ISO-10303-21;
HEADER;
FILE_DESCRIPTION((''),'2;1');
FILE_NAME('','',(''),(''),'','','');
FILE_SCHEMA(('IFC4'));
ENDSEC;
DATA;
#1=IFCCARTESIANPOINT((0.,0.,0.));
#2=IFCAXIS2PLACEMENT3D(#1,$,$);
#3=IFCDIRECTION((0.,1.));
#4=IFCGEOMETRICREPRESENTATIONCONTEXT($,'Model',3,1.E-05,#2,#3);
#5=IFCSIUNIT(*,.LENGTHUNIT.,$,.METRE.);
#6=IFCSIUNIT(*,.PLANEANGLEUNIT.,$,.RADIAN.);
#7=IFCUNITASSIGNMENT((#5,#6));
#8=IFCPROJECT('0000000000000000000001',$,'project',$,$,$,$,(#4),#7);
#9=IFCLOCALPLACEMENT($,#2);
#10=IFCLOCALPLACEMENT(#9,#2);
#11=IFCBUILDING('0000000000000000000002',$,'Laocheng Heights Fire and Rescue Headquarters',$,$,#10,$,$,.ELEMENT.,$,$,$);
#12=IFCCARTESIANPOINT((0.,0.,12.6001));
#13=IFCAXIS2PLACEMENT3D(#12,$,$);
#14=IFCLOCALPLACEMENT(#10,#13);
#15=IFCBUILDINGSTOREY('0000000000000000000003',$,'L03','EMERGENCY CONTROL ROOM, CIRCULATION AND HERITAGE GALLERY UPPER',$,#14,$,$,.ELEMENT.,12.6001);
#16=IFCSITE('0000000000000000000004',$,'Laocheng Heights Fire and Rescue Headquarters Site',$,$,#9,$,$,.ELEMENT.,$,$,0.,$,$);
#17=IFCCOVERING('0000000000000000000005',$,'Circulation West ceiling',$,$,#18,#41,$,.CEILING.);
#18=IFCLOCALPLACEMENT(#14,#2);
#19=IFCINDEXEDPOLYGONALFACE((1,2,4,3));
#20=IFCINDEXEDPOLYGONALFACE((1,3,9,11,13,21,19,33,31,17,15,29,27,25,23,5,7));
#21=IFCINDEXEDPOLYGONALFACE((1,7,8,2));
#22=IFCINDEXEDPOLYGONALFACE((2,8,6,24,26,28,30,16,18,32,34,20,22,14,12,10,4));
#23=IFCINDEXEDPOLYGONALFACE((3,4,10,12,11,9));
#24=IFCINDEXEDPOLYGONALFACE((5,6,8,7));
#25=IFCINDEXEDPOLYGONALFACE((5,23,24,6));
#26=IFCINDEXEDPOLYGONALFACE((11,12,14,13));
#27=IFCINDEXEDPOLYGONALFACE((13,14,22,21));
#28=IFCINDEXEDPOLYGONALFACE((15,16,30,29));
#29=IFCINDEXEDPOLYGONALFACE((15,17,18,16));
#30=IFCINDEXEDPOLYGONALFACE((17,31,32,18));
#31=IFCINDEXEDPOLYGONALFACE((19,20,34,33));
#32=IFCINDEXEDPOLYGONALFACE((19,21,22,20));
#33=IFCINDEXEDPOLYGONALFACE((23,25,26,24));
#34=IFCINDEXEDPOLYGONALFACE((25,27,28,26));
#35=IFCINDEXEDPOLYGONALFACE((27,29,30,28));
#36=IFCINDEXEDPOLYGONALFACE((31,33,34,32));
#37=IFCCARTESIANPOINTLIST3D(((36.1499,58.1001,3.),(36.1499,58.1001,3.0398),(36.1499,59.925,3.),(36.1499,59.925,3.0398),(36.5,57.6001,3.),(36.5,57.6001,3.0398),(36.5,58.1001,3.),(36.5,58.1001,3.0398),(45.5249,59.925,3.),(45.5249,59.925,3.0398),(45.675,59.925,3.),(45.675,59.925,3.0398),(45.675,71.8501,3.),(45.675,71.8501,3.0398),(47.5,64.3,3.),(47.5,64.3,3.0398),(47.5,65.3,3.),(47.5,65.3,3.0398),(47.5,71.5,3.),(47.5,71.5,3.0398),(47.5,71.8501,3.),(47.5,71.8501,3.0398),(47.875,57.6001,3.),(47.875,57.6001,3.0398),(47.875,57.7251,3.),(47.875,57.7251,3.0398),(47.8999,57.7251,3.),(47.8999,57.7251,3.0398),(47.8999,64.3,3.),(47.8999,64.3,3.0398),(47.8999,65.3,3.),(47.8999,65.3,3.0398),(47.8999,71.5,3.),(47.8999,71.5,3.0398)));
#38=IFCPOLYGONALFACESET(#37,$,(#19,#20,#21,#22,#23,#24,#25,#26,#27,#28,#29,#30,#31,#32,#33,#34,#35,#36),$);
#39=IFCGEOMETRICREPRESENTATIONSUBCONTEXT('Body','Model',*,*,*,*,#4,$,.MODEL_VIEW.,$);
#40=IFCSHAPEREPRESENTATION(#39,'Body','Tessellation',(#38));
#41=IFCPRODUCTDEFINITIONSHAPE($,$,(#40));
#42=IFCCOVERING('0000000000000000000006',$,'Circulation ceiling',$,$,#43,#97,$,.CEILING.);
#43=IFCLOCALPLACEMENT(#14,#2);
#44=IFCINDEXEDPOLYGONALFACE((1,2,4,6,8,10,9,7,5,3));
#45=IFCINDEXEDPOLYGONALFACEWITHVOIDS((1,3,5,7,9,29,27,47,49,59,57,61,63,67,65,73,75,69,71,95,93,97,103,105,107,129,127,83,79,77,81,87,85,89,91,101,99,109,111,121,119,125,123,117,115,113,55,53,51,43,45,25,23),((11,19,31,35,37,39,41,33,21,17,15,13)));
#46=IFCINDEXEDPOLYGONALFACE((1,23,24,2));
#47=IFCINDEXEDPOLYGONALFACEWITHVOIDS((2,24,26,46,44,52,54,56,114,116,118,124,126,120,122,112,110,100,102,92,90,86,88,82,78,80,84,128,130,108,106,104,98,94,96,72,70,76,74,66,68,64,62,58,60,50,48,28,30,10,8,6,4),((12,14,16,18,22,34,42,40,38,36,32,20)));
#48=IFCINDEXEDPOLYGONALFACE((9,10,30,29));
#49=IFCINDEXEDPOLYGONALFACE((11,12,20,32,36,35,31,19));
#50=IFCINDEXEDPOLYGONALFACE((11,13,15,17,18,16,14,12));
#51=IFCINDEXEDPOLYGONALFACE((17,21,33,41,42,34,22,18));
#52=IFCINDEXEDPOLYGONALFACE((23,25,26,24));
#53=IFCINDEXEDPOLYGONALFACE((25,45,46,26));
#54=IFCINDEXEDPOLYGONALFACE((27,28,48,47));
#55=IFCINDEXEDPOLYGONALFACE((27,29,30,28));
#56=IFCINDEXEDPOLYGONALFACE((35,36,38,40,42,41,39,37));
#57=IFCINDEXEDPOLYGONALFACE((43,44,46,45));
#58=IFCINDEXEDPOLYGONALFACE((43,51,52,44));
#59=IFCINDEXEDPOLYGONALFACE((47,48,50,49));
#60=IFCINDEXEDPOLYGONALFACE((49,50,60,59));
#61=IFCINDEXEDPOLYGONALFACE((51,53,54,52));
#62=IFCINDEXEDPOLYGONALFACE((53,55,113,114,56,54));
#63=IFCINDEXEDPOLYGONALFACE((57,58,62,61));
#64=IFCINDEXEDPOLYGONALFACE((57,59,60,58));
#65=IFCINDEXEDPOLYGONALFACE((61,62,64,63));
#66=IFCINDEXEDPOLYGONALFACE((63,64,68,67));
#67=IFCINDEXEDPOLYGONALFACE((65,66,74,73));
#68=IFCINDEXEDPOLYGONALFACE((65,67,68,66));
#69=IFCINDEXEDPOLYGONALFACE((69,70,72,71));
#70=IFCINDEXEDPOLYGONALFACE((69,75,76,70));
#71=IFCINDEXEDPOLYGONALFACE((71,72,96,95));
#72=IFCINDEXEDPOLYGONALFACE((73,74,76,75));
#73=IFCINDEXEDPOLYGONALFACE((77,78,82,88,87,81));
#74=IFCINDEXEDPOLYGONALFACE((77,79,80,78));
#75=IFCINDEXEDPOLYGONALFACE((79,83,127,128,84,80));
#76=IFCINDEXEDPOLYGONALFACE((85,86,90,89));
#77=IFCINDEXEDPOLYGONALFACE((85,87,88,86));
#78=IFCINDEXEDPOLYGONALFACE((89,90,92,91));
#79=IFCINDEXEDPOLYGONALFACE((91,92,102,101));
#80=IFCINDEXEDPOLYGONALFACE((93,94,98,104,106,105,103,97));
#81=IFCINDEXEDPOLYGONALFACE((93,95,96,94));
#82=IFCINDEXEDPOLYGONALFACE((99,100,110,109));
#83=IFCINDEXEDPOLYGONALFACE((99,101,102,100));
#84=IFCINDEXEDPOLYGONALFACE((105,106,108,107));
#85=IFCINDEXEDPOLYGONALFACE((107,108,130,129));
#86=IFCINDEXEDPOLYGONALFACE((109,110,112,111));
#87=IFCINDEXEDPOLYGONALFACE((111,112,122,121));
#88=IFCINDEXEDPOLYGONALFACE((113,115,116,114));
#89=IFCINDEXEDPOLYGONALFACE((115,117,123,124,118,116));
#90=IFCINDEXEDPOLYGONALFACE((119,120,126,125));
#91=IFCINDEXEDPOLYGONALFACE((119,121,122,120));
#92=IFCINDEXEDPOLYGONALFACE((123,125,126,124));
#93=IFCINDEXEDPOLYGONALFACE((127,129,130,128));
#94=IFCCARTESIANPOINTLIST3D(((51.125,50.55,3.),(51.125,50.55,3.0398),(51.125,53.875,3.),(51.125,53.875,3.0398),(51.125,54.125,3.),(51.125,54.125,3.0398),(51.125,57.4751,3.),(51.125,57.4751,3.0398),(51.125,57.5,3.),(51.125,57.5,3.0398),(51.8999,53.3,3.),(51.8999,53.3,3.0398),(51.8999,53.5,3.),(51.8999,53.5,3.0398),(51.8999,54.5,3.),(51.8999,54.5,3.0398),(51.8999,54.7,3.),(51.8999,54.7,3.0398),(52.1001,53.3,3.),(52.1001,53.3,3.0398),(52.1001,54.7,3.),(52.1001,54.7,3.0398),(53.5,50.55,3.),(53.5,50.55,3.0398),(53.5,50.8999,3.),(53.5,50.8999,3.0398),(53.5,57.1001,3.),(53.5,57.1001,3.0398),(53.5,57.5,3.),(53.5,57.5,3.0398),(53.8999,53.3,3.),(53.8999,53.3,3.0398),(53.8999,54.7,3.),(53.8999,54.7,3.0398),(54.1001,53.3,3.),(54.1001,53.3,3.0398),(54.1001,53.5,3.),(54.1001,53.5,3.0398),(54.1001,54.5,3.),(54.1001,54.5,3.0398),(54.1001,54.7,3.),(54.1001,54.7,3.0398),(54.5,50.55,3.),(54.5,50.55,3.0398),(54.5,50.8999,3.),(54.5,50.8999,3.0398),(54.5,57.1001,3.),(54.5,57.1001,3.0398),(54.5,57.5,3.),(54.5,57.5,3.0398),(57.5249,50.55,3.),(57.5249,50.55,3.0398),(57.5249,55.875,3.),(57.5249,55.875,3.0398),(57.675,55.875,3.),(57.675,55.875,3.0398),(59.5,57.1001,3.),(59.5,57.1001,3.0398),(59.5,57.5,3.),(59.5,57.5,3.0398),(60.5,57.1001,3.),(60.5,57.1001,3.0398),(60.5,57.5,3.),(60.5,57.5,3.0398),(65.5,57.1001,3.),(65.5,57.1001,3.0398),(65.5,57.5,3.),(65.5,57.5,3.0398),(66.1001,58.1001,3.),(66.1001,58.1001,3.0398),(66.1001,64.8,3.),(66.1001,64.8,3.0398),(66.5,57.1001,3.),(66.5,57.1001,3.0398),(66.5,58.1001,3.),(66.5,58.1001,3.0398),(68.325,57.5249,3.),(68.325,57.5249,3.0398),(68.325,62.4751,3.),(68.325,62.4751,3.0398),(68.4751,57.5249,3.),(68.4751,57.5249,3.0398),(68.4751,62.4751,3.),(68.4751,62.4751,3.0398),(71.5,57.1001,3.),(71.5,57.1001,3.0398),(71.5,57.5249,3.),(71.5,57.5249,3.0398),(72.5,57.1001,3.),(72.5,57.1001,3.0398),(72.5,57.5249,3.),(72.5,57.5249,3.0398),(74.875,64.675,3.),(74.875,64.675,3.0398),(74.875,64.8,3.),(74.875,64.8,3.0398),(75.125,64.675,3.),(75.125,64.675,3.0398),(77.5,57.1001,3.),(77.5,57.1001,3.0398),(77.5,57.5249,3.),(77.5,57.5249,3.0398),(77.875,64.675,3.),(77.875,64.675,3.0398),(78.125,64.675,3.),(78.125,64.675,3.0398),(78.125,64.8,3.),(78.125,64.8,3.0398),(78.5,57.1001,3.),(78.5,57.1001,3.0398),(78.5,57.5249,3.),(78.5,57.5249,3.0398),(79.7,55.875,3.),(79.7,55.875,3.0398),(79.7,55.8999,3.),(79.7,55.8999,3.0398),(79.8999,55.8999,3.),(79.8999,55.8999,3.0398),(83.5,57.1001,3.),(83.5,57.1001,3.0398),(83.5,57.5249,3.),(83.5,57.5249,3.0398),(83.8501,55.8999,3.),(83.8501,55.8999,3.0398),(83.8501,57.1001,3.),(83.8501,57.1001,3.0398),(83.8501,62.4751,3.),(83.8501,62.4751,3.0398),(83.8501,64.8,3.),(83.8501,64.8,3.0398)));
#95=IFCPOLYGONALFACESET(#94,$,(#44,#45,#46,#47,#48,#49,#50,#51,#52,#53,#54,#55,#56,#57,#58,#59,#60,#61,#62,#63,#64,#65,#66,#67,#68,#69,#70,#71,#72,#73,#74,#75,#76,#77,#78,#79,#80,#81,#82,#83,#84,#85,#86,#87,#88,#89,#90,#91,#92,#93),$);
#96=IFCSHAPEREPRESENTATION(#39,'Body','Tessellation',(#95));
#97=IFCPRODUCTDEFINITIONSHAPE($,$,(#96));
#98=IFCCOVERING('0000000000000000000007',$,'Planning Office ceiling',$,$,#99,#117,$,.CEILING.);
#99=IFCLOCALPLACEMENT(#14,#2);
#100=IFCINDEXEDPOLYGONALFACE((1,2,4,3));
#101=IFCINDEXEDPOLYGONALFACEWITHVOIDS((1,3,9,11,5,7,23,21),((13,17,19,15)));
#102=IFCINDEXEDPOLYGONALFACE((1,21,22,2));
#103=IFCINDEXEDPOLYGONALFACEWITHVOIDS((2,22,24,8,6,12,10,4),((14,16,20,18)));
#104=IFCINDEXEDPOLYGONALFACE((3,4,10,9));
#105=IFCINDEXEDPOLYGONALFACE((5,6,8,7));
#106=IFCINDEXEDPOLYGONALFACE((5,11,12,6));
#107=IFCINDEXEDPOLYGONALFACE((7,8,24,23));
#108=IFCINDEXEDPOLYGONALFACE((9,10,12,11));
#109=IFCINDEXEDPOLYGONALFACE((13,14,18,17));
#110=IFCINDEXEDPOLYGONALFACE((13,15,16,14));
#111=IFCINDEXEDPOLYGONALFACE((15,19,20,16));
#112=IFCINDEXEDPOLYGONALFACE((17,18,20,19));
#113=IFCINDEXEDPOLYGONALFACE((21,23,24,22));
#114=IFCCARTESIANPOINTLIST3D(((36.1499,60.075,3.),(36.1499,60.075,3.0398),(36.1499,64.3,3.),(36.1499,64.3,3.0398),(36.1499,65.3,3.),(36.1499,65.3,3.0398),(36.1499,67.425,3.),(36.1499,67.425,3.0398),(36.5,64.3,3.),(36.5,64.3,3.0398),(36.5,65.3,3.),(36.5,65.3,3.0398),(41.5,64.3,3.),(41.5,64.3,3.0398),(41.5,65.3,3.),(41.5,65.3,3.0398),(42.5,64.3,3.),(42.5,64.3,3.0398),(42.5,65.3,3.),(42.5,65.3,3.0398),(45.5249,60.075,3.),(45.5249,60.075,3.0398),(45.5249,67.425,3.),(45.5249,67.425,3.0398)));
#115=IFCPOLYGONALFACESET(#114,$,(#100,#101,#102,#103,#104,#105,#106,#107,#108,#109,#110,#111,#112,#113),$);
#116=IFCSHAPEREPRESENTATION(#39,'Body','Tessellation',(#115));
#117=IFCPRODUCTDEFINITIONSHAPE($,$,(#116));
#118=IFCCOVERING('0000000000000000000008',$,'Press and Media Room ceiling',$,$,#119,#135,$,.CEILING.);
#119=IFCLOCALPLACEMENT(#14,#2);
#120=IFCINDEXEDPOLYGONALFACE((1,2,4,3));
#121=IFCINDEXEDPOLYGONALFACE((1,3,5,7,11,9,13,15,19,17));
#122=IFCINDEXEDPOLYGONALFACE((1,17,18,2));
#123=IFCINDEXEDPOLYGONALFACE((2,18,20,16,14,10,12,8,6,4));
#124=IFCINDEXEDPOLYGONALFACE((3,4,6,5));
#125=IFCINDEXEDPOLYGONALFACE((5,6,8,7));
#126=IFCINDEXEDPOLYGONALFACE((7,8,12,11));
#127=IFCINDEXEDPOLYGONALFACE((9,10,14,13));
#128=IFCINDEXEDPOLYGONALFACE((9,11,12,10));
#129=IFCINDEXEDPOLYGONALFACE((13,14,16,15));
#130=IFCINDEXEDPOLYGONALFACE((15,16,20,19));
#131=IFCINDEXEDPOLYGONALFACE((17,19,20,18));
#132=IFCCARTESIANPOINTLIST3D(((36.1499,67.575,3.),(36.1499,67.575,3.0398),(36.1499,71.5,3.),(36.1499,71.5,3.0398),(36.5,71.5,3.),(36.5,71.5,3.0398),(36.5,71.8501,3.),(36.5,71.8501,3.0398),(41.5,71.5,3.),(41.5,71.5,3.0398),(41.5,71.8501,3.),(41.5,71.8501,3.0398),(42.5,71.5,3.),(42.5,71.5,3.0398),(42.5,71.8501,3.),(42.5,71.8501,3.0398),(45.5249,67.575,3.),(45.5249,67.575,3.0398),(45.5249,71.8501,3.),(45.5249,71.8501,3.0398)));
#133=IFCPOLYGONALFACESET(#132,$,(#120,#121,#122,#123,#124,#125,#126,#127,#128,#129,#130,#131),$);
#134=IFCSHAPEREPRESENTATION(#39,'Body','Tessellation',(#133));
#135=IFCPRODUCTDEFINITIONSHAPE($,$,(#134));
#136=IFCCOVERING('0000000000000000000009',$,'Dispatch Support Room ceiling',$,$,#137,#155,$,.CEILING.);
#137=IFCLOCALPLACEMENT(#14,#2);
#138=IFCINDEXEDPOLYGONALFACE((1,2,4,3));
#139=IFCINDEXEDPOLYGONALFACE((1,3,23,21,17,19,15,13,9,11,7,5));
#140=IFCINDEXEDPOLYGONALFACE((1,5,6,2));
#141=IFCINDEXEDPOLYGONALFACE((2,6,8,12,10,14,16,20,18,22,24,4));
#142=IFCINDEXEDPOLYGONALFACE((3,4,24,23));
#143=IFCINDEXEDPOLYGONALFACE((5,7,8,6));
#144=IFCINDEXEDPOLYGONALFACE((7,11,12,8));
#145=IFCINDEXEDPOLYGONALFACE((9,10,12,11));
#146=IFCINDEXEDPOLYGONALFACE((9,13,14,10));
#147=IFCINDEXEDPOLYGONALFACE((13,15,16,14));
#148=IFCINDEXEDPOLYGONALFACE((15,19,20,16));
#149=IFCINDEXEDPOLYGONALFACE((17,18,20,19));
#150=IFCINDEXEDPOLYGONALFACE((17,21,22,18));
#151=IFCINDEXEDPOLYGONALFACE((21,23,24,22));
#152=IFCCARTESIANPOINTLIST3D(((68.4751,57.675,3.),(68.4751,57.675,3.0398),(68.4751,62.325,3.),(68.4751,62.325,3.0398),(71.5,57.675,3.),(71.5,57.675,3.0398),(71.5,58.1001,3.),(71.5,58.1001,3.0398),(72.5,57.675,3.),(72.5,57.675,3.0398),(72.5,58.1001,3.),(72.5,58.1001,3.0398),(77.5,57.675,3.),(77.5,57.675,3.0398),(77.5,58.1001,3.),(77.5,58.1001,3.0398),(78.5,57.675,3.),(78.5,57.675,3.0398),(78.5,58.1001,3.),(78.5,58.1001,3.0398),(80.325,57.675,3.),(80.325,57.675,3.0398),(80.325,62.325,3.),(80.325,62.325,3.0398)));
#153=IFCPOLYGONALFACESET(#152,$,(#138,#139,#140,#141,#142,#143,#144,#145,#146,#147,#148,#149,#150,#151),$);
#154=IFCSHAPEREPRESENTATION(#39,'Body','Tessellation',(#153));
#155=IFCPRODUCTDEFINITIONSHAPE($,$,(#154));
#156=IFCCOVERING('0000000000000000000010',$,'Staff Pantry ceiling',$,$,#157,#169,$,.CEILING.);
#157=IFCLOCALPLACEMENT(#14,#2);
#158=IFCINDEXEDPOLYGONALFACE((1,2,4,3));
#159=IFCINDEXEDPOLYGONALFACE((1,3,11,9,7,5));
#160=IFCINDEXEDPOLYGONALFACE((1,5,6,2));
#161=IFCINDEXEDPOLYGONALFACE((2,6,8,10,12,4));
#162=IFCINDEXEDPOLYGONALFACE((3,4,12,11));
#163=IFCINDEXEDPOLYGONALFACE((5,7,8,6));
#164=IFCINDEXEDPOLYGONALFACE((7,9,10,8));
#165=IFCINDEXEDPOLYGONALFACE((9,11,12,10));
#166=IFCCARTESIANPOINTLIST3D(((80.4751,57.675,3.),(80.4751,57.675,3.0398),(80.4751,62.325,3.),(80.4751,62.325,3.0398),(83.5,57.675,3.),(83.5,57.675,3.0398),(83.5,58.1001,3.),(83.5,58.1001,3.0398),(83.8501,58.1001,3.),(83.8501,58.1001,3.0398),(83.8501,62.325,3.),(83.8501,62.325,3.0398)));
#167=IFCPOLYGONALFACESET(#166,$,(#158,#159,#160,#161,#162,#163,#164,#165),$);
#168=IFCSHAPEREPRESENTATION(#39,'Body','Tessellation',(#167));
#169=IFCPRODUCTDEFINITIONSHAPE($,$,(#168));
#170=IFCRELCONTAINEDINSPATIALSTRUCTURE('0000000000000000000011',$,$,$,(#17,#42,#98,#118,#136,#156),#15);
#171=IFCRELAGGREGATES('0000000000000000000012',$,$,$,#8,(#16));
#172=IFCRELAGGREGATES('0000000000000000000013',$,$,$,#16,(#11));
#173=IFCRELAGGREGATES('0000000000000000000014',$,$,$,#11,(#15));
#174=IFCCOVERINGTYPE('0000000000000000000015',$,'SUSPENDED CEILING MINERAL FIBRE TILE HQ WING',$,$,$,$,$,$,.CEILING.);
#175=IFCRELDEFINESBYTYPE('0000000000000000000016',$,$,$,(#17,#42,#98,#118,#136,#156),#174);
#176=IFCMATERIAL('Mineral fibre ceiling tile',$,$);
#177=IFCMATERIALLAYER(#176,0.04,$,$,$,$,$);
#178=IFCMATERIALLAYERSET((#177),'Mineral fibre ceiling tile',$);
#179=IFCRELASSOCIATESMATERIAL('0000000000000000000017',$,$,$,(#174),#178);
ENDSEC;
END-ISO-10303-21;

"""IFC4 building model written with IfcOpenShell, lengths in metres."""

from ifc_helpers import new_model, si_unit, direction, frame, origin, place, context, subcontext, project, spatial, polyline, outline, extrude, material, layer, layer_set, type_object, element, save


model = new_model("IFC4")

# Units and contexts
model_context = context("Model", 3, precision=1e-05, world=origin(), true_north=direction((0.0, 1.0)))
body_context = subcontext(model_context, "Body", "Model", "MODEL_VIEW")
ifc_project = project(units=[si_unit("LENGTHUNIT", "METRE"), si_unit("PLANEANGLEUNIT", "RADIAN")], contexts=[model_context])

# Site, building, storey
site_placement = place(None, origin())
site = spatial("IfcSite", under=ifc_project, at=site_placement, Name="Laocheng Heights Fire and Rescue Headquarters Site", CompositionType="ELEMENT", RefElevation=0.0)
building_placement = place(site_placement, origin())
building = spatial("IfcBuilding", under=site, at=building_placement, Name="Laocheng Heights Fire and Rescue Headquarters", CompositionType="ELEMENT")
storey_placement = place(building_placement, frame((0.0, 0.0, 12.6001)))
storey = spatial("IfcBuildingStorey", under=building, at=storey_placement, Name="L03", Description="EMERGENCY CONTROL ROOM, CIRCULATION AND HERITAGE GALLERY UPPER", CompositionType="ELEMENT", Elevation=12.6001)

# Coverings
ifc_material_1 = material(Name="Mineral fibre ceiling tile")
ifc_layer_1 = layer(ifc_material_1, 0.04)
ifc_layer_set_1 = layer_set([ifc_layer_1], Name="Mineral fibre ceiling tile")
covering_type_1 = type_object("IfcCoveringType", Name="SUSPENDED CEILING MINERAL FIBRE TILE HQ WING", PredefinedType="CEILING", material=ifc_layer_set_1)
covering_1_placement = place(storey_placement, frame((0.0, 0.0, 3.0)))
element("IfcCovering", 1, at=covering_1_placement, inside=storey, type_object=covering_type_1, Name="Circulation West ceiling", PredefinedType="CEILING", context=body_context, shape_type="SweptSolid", body=[
    extrude(outline(polyline([(36.1499, 59.925), (45.5249, 59.925), (45.675, 59.925), (45.675, 71.8501), (47.5, 71.8501), (47.5, 71.5), (47.8999, 71.5), (47.8999, 65.3), (47.5, 65.3), (47.5, 64.3), (47.8999, 64.3), (47.8999, 57.7251), (47.875, 57.7251), (47.875, 57.6001), (36.5, 57.6001), (36.5, 58.1001), (36.1499, 58.1001), (36.1499, 59.925)])), origin(), (0.0, 0.0, 1.0), 0.0398),
])
covering_2_placement = place(storey_placement, frame((0.0, 0.0, 3.0)))
element("IfcCovering", 2, at=covering_2_placement, inside=storey, type_object=covering_type_1, Name="Circulation ceiling", PredefinedType="CEILING", context=body_context, shape_type="SweptSolid", body=[
    extrude(outline(polyline([(74.875, 64.675), (75.125, 64.675), (77.875, 64.675), (78.125, 64.675), (78.125, 64.8), (83.8501, 64.8), (83.8501, 62.4751), (68.4751, 62.4751), (68.325, 62.4751), (68.325, 57.5249), (68.4751, 57.5249), (71.5, 57.5249), (71.5, 57.1001), (72.5, 57.1001), (72.5, 57.5249), (77.5, 57.5249), (77.5, 57.1001), (78.5, 57.1001), (78.5, 57.5249), (83.5, 57.5249), (83.5, 57.1001), (83.8501, 57.1001), (83.8501, 55.8999), (79.8999, 55.8999), (79.7, 55.8999), (79.7, 55.875), (57.675, 55.875), (57.5249, 55.875), (57.5249, 50.55), (54.5, 50.55), (54.5, 50.8999), (53.5, 50.8999), (53.5, 50.55), (51.125, 50.55), (51.125, 53.875), (51.125, 54.125), (51.125, 57.4751), (51.125, 57.5), (53.5, 57.5), (53.5, 57.1001), (54.5, 57.1001), (54.5, 57.5), (59.5, 57.5), (59.5, 57.1001), (60.5, 57.1001), (60.5, 57.5), (65.5, 57.5), (65.5, 57.1001), (66.5, 57.1001), (66.5, 58.1001), (66.1001, 58.1001), (66.1001, 64.8), (74.875, 64.8), (74.875, 64.675)]), holes=[polyline([(53.8999, 53.3), (54.1001, 53.3), (54.1001, 53.5), (54.1001, 54.5), (54.1001, 54.7), (53.8999, 54.7), (52.1001, 54.7), (51.8999, 54.7), (51.8999, 54.5), (51.8999, 53.5), (51.8999, 53.3), (52.1001, 53.3), (53.8999, 53.3)])]), origin(), (0.0, 0.0, 1.0), 0.0398),
])
covering_3_placement = place(storey_placement, frame((0.0, 0.0, 3.0)))
element("IfcCovering", 3, at=covering_3_placement, inside=storey, type_object=covering_type_1, Name="Planning Office ceiling", PredefinedType="CEILING", context=body_context, shape_type="SweptSolid", body=[
    extrude(outline(polyline([(45.5249, 60.075), (36.1499, 60.075), (36.1499, 64.3), (36.5, 64.3), (36.5, 65.3), (36.1499, 65.3), (36.1499, 67.425), (45.5249, 67.425), (45.5249, 60.075)]), holes=[polyline([(42.5, 65.3), (41.5, 65.3), (41.5, 64.3), (42.5, 64.3), (42.5, 65.3)])]), origin(), (0.0, 0.0, 1.0), 0.0398),
])
covering_4_placement = place(storey_placement, frame((0.0, 0.0, 3.0)))
element("IfcCovering", 4, at=covering_4_placement, inside=storey, type_object=covering_type_1, Name="Press and Media Room ceiling", PredefinedType="CEILING", context=body_context, shape_type="SweptSolid", body=[
    extrude(outline(polyline([(41.5, 71.8501), (41.5, 71.5), (42.5, 71.5), (42.5, 71.8501), (45.5249, 71.8501), (45.5249, 67.575), (36.1499, 67.575), (36.1499, 71.5), (36.5, 71.5), (36.5, 71.8501), (41.5, 71.8501)])), origin(), (0.0, 0.0, 1.0), 0.0398),
])
covering_5_placement = place(storey_placement, frame((0.0, 0.0, 3.0)))
element("IfcCovering", 5, at=covering_5_placement, inside=storey, type_object=covering_type_1, Name="Dispatch Support Room ceiling", PredefinedType="CEILING", context=body_context, shape_type="SweptSolid", body=[
    extrude(outline(polyline([(78.5, 57.675), (78.5, 58.1001), (77.5, 58.1001), (77.5, 57.675), (72.5, 57.675), (72.5, 58.1001), (71.5, 58.1001), (71.5, 57.675), (68.4751, 57.675), (68.4751, 62.325), (80.325, 62.325), (80.325, 57.675), (78.5, 57.675)])), origin(), (0.0, 0.0, 1.0), 0.0398),
])
covering_6_placement = place(storey_placement, frame((0.0, 0.0, 3.0)))
element("IfcCovering", 6, at=covering_6_placement, inside=storey, type_object=covering_type_1, Name="Staff Pantry ceiling", PredefinedType="CEILING", context=body_context, shape_type="SweptSolid", body=[
    extrude(outline(polyline([(80.4751, 57.675), (80.4751, 62.325), (83.8501, 62.325), (83.8501, 58.1001), (83.5, 58.1001), (83.5, 57.675), (80.4751, 57.675)])), origin(), (0.0, 0.0, 1.0), 0.0398),
])

save(model, "model.ifc")
